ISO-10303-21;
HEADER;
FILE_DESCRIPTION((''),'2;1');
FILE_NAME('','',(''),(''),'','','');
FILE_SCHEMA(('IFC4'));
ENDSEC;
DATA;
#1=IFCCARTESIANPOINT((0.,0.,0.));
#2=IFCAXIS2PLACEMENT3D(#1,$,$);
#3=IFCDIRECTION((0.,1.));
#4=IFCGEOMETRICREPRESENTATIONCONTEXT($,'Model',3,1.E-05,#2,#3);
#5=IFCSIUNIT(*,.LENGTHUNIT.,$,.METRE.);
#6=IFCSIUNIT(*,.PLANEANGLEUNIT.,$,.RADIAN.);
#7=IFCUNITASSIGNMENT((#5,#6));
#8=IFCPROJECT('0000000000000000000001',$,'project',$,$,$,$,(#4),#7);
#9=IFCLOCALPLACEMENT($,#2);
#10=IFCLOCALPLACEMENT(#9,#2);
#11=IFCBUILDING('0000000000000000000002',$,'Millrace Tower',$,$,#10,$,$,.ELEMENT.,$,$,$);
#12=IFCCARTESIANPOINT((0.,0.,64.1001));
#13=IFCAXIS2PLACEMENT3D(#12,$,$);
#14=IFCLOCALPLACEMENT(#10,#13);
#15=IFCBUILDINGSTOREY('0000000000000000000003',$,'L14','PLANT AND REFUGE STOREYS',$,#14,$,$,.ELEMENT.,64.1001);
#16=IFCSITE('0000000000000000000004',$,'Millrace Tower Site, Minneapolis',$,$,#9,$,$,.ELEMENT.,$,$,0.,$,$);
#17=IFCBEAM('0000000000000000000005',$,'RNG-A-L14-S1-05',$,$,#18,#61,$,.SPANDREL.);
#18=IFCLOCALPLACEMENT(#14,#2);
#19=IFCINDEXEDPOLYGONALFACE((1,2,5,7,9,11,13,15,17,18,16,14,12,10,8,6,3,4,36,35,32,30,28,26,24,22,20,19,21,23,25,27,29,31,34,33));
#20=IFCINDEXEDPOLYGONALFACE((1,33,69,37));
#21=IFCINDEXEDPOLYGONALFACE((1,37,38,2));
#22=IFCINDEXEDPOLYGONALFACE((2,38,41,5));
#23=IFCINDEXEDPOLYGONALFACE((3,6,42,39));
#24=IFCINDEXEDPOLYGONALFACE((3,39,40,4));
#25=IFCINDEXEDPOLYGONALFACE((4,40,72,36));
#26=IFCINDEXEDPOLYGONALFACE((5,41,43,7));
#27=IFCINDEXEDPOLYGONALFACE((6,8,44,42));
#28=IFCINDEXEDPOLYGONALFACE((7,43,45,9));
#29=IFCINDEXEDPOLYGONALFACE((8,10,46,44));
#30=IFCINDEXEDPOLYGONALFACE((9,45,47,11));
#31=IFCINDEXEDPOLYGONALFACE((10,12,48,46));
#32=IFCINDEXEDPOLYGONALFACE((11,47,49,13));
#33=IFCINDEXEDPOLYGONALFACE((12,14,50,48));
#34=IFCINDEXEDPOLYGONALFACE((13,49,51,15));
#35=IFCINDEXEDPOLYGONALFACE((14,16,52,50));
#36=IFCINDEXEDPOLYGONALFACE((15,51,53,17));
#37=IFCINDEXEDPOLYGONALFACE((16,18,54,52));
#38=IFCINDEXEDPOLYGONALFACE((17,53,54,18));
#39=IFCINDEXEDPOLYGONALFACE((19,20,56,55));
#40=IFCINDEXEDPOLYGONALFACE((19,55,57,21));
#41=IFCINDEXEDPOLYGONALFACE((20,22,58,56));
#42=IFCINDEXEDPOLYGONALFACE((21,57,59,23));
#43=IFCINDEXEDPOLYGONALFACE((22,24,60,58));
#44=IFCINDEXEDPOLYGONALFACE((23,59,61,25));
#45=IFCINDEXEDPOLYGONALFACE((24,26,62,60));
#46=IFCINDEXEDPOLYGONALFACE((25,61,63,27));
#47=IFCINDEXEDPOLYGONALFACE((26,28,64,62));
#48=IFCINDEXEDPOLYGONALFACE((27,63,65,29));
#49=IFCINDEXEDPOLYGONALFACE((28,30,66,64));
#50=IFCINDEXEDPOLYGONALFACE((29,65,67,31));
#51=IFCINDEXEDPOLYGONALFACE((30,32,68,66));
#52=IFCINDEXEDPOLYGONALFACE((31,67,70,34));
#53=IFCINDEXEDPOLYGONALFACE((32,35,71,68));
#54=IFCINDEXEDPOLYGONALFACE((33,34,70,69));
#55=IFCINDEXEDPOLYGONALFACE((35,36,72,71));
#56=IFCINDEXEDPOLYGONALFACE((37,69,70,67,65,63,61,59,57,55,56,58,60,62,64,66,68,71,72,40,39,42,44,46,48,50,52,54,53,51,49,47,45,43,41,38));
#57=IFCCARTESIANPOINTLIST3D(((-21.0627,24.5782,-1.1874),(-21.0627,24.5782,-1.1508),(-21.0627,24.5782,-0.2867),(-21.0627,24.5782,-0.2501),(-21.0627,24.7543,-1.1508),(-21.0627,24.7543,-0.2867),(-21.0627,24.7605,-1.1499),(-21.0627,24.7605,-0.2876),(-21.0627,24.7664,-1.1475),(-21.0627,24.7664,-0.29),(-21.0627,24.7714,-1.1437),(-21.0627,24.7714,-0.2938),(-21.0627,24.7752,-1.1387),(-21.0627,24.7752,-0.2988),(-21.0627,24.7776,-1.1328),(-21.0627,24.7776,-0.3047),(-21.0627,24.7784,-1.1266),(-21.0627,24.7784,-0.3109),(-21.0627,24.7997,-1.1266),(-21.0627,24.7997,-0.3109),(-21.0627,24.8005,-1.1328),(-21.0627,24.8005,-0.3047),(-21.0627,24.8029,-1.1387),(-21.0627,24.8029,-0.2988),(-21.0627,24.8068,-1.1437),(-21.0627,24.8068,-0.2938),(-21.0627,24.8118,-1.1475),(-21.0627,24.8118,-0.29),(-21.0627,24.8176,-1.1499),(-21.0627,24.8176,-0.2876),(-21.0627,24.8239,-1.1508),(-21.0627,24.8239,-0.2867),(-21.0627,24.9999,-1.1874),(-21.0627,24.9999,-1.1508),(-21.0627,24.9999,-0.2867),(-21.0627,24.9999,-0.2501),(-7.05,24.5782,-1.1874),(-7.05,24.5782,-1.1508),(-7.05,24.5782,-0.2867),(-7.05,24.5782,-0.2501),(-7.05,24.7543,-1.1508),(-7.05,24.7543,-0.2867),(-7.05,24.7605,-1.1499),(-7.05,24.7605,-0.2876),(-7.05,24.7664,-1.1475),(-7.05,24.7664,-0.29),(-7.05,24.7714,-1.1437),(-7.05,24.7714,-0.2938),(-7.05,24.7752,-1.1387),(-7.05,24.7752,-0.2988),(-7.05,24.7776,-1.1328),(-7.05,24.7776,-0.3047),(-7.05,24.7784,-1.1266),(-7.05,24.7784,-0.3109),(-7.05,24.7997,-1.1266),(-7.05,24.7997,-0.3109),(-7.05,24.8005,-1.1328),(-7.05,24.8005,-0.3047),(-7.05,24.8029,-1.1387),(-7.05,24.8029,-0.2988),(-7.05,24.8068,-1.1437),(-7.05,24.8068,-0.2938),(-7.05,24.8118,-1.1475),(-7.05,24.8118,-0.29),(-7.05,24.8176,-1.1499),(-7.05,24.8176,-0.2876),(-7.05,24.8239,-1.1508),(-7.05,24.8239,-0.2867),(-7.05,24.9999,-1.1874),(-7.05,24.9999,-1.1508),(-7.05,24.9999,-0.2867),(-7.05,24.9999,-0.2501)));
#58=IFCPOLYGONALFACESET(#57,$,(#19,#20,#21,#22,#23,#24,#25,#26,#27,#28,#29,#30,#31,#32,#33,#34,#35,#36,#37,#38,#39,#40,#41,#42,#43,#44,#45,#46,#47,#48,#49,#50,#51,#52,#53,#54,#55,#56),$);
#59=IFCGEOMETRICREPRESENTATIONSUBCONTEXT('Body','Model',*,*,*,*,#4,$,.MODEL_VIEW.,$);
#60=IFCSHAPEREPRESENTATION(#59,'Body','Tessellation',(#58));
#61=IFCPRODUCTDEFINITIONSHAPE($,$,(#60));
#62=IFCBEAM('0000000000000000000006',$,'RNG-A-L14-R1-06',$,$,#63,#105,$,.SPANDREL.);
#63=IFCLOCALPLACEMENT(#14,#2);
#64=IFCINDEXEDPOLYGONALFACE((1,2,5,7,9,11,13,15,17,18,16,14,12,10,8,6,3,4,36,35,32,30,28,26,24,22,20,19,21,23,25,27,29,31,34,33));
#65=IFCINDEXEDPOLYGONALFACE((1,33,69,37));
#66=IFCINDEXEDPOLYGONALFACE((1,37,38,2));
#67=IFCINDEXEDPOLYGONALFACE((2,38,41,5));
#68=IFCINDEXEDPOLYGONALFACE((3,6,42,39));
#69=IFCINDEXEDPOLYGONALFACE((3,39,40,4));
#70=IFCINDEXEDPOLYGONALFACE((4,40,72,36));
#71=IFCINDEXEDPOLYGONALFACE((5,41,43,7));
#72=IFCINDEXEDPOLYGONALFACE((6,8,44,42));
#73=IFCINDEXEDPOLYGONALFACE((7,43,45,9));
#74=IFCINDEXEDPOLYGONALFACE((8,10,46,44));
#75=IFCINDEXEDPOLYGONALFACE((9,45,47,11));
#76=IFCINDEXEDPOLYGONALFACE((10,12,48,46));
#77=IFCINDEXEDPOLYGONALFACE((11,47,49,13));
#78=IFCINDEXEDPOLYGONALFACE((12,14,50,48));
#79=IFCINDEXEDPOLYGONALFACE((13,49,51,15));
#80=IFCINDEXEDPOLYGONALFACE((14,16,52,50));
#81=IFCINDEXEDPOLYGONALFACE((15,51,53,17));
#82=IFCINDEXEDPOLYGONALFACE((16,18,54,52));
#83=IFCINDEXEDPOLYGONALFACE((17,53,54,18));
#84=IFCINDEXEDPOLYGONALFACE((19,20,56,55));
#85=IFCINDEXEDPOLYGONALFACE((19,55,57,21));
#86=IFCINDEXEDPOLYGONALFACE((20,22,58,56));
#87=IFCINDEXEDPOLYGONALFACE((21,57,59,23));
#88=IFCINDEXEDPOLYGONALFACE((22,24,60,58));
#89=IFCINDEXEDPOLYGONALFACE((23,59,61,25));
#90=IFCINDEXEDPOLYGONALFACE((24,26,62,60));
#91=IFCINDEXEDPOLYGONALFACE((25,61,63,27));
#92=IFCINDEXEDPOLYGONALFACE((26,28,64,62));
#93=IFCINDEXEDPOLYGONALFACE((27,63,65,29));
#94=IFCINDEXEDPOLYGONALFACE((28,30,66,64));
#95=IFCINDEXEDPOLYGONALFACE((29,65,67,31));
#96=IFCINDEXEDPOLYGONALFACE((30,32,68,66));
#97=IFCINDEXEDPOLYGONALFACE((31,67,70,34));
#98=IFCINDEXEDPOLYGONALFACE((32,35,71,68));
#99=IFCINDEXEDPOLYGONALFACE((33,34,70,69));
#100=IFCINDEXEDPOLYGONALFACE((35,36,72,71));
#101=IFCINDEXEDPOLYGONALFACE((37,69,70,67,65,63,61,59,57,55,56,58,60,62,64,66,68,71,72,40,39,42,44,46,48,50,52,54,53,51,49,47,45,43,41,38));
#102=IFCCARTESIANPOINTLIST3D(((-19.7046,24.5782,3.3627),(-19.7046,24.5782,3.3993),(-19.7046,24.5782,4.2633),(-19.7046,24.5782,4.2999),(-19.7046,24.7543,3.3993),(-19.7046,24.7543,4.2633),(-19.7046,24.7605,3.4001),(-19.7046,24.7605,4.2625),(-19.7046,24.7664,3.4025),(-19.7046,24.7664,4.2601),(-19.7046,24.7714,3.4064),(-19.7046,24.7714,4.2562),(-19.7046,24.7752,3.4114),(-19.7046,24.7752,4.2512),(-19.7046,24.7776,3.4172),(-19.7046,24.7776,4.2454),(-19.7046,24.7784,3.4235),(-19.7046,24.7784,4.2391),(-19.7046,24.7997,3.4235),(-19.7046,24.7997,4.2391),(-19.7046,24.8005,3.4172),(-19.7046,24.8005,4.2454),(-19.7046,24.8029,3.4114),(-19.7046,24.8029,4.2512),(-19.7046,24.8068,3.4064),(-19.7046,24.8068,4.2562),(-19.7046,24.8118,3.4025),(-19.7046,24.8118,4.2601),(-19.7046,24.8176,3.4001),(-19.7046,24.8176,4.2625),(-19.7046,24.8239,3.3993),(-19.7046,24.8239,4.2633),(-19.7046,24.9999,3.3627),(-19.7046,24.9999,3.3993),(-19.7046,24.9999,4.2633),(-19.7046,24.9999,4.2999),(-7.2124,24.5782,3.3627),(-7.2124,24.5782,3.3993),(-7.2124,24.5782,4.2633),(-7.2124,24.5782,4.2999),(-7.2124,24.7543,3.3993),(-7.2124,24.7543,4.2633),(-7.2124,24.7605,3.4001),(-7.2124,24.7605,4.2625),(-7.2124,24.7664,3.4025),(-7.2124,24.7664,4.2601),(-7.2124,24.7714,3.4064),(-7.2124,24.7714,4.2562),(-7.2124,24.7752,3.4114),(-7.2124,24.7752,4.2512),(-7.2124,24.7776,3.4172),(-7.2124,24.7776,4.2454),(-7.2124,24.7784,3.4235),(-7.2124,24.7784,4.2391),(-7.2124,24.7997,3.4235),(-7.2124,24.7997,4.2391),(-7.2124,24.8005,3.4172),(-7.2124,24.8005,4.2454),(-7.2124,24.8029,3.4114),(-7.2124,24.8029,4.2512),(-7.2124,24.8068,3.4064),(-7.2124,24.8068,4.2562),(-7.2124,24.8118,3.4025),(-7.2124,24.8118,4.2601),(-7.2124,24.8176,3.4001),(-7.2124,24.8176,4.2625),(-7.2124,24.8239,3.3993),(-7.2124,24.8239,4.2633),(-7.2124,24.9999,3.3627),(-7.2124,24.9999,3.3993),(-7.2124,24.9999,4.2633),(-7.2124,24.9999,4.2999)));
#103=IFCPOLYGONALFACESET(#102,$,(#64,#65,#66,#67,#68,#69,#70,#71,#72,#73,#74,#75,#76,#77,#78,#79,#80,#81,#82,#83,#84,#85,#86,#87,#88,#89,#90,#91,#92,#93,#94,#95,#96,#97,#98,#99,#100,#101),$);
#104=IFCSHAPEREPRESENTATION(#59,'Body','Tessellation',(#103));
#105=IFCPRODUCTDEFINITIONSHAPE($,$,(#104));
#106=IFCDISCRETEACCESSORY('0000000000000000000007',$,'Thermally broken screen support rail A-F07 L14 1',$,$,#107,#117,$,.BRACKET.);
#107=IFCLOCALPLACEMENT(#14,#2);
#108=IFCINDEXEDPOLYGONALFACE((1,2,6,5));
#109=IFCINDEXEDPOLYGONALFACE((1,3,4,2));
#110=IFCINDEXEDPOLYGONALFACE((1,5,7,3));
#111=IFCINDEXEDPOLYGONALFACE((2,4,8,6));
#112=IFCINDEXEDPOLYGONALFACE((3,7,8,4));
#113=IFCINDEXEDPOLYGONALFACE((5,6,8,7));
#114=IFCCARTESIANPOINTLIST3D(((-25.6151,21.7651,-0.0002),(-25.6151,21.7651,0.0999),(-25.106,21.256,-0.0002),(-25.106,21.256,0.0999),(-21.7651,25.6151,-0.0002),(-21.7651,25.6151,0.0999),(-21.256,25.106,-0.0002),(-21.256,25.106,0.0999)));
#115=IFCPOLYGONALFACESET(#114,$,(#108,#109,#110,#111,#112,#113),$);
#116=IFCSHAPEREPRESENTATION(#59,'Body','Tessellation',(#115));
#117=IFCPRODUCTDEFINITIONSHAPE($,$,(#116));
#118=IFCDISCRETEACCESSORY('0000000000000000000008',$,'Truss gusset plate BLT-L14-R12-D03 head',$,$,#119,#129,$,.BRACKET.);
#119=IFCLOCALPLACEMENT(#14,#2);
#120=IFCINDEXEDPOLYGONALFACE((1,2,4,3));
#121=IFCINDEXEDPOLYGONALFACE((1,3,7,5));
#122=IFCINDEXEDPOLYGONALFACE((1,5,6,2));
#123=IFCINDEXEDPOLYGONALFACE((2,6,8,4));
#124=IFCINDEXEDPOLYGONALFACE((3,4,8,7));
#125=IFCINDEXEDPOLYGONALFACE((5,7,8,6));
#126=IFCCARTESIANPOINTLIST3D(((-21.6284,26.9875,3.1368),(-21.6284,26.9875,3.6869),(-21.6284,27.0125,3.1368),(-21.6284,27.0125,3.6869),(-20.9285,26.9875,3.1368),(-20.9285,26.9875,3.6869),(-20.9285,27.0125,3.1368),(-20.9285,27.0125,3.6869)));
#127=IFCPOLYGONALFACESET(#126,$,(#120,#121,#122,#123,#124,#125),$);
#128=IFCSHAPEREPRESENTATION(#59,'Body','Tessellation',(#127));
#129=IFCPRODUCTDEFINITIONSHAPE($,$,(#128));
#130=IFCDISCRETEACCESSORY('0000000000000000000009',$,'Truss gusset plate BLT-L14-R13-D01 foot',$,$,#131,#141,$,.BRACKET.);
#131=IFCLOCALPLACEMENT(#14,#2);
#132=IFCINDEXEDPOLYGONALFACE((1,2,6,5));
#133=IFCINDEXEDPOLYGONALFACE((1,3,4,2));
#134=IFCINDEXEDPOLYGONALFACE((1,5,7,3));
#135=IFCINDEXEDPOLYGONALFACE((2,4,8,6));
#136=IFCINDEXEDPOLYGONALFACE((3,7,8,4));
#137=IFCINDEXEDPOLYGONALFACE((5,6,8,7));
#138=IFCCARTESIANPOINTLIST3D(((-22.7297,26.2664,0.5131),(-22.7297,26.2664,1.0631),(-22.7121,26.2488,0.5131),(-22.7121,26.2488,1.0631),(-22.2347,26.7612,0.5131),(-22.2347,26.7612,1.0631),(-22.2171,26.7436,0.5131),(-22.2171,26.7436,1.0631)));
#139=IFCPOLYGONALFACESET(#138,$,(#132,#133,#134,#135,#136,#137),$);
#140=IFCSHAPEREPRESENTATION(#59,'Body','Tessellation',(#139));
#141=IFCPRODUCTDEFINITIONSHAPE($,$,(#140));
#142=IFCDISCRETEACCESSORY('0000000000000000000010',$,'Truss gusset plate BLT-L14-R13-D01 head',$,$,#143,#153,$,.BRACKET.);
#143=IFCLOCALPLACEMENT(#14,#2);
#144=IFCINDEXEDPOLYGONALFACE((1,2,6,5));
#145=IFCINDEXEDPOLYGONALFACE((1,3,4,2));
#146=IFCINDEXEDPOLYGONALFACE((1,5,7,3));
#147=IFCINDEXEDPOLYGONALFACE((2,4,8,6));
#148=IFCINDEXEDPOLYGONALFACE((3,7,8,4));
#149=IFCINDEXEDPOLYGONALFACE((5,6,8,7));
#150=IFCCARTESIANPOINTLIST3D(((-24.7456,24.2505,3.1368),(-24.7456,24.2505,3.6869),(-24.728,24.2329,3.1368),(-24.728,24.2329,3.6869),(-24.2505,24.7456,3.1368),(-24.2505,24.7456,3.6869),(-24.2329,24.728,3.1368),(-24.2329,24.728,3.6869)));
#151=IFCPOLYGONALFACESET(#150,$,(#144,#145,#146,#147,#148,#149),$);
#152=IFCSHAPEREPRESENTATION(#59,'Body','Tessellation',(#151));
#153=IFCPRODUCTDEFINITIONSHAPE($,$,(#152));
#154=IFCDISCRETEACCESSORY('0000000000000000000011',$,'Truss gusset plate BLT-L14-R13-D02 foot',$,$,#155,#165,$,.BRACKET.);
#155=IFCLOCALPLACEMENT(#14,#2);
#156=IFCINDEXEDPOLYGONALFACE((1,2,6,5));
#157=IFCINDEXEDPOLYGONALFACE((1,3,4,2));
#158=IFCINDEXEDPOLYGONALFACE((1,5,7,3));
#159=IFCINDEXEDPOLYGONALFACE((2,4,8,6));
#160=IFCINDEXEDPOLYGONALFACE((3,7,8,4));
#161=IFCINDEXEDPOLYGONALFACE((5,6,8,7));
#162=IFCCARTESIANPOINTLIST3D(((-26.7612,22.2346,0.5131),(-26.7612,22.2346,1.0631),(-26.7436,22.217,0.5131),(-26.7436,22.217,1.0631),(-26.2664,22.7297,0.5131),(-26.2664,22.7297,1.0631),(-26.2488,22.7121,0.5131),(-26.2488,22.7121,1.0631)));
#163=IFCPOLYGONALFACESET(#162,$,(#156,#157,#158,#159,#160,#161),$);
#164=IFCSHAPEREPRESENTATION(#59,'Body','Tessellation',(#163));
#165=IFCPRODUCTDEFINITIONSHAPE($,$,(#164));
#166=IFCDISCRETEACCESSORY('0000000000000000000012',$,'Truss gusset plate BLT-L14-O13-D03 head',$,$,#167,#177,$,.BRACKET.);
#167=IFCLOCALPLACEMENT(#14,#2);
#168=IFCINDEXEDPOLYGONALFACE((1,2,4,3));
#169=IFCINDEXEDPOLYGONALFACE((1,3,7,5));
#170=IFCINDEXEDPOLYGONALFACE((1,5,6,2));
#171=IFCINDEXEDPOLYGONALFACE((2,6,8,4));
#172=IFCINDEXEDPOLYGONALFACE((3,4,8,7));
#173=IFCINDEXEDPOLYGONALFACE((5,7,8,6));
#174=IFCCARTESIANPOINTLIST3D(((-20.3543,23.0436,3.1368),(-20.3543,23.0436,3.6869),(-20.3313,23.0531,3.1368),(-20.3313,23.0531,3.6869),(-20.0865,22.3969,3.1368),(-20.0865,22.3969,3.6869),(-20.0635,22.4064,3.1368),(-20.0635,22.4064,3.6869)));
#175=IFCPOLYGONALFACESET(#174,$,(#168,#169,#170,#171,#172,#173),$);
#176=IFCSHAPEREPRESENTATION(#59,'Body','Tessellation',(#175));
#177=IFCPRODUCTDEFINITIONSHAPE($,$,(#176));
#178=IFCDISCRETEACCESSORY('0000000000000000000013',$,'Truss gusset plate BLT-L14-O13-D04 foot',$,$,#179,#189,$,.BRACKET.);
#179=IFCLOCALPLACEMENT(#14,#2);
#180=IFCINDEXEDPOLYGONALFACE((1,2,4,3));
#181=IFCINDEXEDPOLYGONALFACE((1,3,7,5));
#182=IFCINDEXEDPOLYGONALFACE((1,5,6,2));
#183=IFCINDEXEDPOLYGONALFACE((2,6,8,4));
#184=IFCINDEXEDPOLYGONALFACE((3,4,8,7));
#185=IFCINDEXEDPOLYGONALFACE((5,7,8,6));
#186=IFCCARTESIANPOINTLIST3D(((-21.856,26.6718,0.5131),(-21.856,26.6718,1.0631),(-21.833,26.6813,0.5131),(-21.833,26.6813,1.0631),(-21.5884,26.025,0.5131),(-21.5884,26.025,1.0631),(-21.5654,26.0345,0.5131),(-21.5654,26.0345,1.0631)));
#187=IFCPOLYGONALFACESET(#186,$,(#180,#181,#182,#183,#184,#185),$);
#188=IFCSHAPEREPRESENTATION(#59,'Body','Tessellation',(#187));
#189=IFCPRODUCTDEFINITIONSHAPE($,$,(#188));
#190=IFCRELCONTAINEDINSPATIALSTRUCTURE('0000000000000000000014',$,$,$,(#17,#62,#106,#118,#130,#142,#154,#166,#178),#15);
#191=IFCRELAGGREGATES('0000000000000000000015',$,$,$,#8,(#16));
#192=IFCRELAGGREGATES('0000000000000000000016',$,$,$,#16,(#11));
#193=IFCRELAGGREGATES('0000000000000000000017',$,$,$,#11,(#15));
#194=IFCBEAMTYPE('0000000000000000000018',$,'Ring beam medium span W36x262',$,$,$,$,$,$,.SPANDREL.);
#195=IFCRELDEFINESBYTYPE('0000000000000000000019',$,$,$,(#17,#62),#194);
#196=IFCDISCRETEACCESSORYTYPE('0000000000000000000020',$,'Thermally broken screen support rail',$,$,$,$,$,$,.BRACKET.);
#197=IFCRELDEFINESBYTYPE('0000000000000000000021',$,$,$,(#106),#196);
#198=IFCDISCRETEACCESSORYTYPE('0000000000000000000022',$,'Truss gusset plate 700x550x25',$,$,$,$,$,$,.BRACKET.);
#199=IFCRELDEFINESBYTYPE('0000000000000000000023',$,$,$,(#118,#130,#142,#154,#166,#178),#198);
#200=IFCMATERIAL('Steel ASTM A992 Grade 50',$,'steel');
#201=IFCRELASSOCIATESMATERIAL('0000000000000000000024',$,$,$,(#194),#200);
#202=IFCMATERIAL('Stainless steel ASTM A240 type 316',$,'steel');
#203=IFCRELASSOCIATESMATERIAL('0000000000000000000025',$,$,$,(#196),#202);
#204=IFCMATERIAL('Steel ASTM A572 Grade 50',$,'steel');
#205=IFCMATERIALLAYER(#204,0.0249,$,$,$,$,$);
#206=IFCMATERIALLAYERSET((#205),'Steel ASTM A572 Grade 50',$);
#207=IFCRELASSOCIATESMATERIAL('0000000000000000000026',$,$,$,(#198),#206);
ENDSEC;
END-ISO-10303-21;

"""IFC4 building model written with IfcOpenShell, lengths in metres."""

from ifc_helpers import new_model, si_unit, direction, frame, origin, origin_2d, place, context, subcontext, project, spatial, rectangle, i_section, extrude, material, layer, layer_set, material_profile, profile_set, type_object, element, save


model = new_model("IFC4")

# Units and contexts
model_context = context("Model", 3, precision=1e-05, world=origin(), true_north=direction((0.0, 1.0)))
body_context = subcontext(model_context, "Body", "Model", "MODEL_VIEW")
ifc_project = project(units=[si_unit("LENGTHUNIT", "METRE"), si_unit("PLANEANGLEUNIT", "RADIAN")], contexts=[model_context])

# Site, building, storey
site_placement = place(None, origin())
site = spatial("IfcSite", under=ifc_project, at=site_placement, Name="Millrace Tower Site, Minneapolis", CompositionType="ELEMENT", RefElevation=0.0)
building_placement = place(site_placement, origin())
building = spatial("IfcBuilding", under=site, at=building_placement, Name="Millrace Tower", CompositionType="ELEMENT")
storey_placement = place(building_placement, frame((0.0, 0.0, 64.1001)))
storey = spatial("IfcBuildingStorey", under=building, at=storey_placement, Name="L14", Description="PLANT AND REFUGE STOREYS", CompositionType="ELEMENT", Elevation=64.1001)

# Beams
ifc_material_1 = material(Name="Steel ASTM A992 Grade 50", Category="steel")
ifc_material_profile_1 = material_profile(ifc_material_1, i_section(OverallWidth=0.4216, OverallDepth=0.9373, WebThickness=0.0212, FlangeThickness=0.0366, FilletRadius=0.0242, at=origin_2d()))
ifc_profile_set_1 = profile_set([ifc_material_profile_1], Name="Steel ASTM A992 Grade 50")
beam_type_1 = type_object("IfcBeamType", Name="Ring beam medium span W36x262", PredefinedType="SPANDREL", material=ifc_profile_set_1)
beam_1_placement = place(storey_placement, frame((-21.0627, 24.7891, -0.7188), z_axis=(1.0, 0.0, 0.0), x_axis=(0.0, 1.0, 0.0)))
element("IfcBeam", 1, at=beam_1_placement, inside=storey, type_object=beam_type_1, Name="RNG-A-L14-S1-05", PredefinedType="SPANDREL", context=body_context, shape_type="SweptSolid", body=[
    extrude(i_section(OverallWidth=0.4216, OverallDepth=0.9373, WebThickness=0.0212, FlangeThickness=0.0366, FilletRadius=0.0242, at=origin_2d()), origin(), (0.0, 0.0, 1.0), 14.0127),
])
beam_2_placement = place(storey_placement, frame((-19.7046, 24.7891, 3.8313), z_axis=(1.0, 0.0, 0.0), x_axis=(0.0, 1.0, 0.0)))
element("IfcBeam", 2, at=beam_2_placement, inside=storey, type_object=beam_type_1, Name="RNG-A-L14-R1-06", PredefinedType="SPANDREL", context=body_context, shape_type="SweptSolid", body=[
    extrude(i_section(OverallWidth=0.4216, OverallDepth=0.9373, WebThickness=0.0212, FlangeThickness=0.0366, FilletRadius=0.0242, at=origin_2d()), origin(), (0.0, 0.0, 1.0), 12.4922),
])

# Discrete accessories
ifc_material_2 = material(Name="Stainless steel ASTM A240 type 316", Category="steel")
discrete_accessory_type_1 = type_object("IfcDiscreteAccessoryType", Name="Thermally broken screen support rail", PredefinedType="BRACKET", material=ifc_material_2)
discrete_accessory_1_placement = place(storey_placement, frame((-23.4355, 23.4355, -0.0002), z_axis=(0.0, 0.0, 1.0), x_axis=(-0.707107, -0.707107, 0.0)))
element("IfcDiscreteAccessory", 3, at=discrete_accessory_1_placement, inside=storey, type_object=discrete_accessory_type_1, Name="Thermally broken screen support rail A-F07 L14 1", PredefinedType="BRACKET", context=body_context, shape_type="SweptSolid", body=[
    extrude(rectangle(XDim=5.4448, YDim=0.72, at=origin_2d()), origin(), (0.0, 0.0, 1.0), 0.1001),
])
ifc_material_3 = material(Name="Steel ASTM A572 Grade 50", Category="steel")
ifc_layer_1 = layer(ifc_material_3, 0.0249)
ifc_layer_set_1 = layer_set([ifc_layer_1], Name="Steel ASTM A572 Grade 50")
discrete_accessory_type_2 = type_object("IfcDiscreteAccessoryType", Name="Truss gusset plate 700x550x25", PredefinedType="BRACKET", material=ifc_layer_set_1)
for number, where, z_axis, x_axis, name in (
    (4, (-21.6284, 27.0, 3.4119), (1.0, 0.0, 0.0), (0.0, 1.0, 0.0), "Truss gusset plate BLT-L14-R12-D03 head"),
    (5, (-22.7209, 26.2576, 0.7881), (0.707281, 0.706932, 0.0), (-0.706932, 0.707281, 0.0), "Truss gusset plate BLT-L14-R13-D01 foot"),
):
    element("IfcDiscreteAccessory", number, at=place(storey_placement, frame(where, z_axis=z_axis, x_axis=x_axis)), inside=storey, type_object=discrete_accessory_type_2, Name=name, PredefinedType="BRACKET", context=body_context, shape_type="SweptSolid", body=[
        extrude(rectangle(XDim=0.0249, YDim=0.55, at=origin_2d()), origin(), (0.0, 0.0, 1.0), 0.7),
    ])
discrete_accessory_2_placement = place(storey_placement, frame((-24.7368, 24.2417, 3.4119), z_axis=(0.707107, 0.707107, 0.0), x_axis=(-0.707107, 0.707107, 0.0)))
element("IfcDiscreteAccessory", 6, at=discrete_accessory_2_placement, inside=storey, type_object=discrete_accessory_type_2, Name="Truss gusset plate BLT-L14-R13-D01 head", PredefinedType="BRACKET", context=body_context, shape_type="SweptSolid", body=[
    extrude(rectangle(XDim=0.0249, YDim=0.55, at=origin_2d()), origin(), (0.0, 0.0, 1.0), 0.7002),
])
for number, where, z_axis, x_axis, name in (
    (7, (-26.7524, 22.2258, 0.7881), (0.706932, 0.707281, 0.0), (-0.707281, 0.706932, 0.0), "Truss gusset plate BLT-L14-R13-D02 foot"),
    (8, (-20.3428, 23.0483, 3.4119), (0.382608, -0.923911, 0.0), (0.923911, 0.382608, 0.0), "Truss gusset plate BLT-L14-O13-D03 head"),
    (9, (-21.8445, 26.6765, 0.7881), (0.382311, -0.924034, 0.0), (0.924034, 0.382311, 0.0), "Truss gusset plate BLT-L14-O13-D04 foot"),
):
    element("IfcDiscreteAccessory", number, at=place(storey_placement, frame(where, z_axis=z_axis, x_axis=x_axis)), inside=storey, type_object=discrete_accessory_type_2, Name=name, PredefinedType="BRACKET", context=body_context, shape_type="SweptSolid", body=[
        extrude(rectangle(XDim=0.0249, YDim=0.55, at=origin_2d()), origin(), (0.0, 0.0, 1.0), 0.7),
    ])

save(model, "model.ifc")
